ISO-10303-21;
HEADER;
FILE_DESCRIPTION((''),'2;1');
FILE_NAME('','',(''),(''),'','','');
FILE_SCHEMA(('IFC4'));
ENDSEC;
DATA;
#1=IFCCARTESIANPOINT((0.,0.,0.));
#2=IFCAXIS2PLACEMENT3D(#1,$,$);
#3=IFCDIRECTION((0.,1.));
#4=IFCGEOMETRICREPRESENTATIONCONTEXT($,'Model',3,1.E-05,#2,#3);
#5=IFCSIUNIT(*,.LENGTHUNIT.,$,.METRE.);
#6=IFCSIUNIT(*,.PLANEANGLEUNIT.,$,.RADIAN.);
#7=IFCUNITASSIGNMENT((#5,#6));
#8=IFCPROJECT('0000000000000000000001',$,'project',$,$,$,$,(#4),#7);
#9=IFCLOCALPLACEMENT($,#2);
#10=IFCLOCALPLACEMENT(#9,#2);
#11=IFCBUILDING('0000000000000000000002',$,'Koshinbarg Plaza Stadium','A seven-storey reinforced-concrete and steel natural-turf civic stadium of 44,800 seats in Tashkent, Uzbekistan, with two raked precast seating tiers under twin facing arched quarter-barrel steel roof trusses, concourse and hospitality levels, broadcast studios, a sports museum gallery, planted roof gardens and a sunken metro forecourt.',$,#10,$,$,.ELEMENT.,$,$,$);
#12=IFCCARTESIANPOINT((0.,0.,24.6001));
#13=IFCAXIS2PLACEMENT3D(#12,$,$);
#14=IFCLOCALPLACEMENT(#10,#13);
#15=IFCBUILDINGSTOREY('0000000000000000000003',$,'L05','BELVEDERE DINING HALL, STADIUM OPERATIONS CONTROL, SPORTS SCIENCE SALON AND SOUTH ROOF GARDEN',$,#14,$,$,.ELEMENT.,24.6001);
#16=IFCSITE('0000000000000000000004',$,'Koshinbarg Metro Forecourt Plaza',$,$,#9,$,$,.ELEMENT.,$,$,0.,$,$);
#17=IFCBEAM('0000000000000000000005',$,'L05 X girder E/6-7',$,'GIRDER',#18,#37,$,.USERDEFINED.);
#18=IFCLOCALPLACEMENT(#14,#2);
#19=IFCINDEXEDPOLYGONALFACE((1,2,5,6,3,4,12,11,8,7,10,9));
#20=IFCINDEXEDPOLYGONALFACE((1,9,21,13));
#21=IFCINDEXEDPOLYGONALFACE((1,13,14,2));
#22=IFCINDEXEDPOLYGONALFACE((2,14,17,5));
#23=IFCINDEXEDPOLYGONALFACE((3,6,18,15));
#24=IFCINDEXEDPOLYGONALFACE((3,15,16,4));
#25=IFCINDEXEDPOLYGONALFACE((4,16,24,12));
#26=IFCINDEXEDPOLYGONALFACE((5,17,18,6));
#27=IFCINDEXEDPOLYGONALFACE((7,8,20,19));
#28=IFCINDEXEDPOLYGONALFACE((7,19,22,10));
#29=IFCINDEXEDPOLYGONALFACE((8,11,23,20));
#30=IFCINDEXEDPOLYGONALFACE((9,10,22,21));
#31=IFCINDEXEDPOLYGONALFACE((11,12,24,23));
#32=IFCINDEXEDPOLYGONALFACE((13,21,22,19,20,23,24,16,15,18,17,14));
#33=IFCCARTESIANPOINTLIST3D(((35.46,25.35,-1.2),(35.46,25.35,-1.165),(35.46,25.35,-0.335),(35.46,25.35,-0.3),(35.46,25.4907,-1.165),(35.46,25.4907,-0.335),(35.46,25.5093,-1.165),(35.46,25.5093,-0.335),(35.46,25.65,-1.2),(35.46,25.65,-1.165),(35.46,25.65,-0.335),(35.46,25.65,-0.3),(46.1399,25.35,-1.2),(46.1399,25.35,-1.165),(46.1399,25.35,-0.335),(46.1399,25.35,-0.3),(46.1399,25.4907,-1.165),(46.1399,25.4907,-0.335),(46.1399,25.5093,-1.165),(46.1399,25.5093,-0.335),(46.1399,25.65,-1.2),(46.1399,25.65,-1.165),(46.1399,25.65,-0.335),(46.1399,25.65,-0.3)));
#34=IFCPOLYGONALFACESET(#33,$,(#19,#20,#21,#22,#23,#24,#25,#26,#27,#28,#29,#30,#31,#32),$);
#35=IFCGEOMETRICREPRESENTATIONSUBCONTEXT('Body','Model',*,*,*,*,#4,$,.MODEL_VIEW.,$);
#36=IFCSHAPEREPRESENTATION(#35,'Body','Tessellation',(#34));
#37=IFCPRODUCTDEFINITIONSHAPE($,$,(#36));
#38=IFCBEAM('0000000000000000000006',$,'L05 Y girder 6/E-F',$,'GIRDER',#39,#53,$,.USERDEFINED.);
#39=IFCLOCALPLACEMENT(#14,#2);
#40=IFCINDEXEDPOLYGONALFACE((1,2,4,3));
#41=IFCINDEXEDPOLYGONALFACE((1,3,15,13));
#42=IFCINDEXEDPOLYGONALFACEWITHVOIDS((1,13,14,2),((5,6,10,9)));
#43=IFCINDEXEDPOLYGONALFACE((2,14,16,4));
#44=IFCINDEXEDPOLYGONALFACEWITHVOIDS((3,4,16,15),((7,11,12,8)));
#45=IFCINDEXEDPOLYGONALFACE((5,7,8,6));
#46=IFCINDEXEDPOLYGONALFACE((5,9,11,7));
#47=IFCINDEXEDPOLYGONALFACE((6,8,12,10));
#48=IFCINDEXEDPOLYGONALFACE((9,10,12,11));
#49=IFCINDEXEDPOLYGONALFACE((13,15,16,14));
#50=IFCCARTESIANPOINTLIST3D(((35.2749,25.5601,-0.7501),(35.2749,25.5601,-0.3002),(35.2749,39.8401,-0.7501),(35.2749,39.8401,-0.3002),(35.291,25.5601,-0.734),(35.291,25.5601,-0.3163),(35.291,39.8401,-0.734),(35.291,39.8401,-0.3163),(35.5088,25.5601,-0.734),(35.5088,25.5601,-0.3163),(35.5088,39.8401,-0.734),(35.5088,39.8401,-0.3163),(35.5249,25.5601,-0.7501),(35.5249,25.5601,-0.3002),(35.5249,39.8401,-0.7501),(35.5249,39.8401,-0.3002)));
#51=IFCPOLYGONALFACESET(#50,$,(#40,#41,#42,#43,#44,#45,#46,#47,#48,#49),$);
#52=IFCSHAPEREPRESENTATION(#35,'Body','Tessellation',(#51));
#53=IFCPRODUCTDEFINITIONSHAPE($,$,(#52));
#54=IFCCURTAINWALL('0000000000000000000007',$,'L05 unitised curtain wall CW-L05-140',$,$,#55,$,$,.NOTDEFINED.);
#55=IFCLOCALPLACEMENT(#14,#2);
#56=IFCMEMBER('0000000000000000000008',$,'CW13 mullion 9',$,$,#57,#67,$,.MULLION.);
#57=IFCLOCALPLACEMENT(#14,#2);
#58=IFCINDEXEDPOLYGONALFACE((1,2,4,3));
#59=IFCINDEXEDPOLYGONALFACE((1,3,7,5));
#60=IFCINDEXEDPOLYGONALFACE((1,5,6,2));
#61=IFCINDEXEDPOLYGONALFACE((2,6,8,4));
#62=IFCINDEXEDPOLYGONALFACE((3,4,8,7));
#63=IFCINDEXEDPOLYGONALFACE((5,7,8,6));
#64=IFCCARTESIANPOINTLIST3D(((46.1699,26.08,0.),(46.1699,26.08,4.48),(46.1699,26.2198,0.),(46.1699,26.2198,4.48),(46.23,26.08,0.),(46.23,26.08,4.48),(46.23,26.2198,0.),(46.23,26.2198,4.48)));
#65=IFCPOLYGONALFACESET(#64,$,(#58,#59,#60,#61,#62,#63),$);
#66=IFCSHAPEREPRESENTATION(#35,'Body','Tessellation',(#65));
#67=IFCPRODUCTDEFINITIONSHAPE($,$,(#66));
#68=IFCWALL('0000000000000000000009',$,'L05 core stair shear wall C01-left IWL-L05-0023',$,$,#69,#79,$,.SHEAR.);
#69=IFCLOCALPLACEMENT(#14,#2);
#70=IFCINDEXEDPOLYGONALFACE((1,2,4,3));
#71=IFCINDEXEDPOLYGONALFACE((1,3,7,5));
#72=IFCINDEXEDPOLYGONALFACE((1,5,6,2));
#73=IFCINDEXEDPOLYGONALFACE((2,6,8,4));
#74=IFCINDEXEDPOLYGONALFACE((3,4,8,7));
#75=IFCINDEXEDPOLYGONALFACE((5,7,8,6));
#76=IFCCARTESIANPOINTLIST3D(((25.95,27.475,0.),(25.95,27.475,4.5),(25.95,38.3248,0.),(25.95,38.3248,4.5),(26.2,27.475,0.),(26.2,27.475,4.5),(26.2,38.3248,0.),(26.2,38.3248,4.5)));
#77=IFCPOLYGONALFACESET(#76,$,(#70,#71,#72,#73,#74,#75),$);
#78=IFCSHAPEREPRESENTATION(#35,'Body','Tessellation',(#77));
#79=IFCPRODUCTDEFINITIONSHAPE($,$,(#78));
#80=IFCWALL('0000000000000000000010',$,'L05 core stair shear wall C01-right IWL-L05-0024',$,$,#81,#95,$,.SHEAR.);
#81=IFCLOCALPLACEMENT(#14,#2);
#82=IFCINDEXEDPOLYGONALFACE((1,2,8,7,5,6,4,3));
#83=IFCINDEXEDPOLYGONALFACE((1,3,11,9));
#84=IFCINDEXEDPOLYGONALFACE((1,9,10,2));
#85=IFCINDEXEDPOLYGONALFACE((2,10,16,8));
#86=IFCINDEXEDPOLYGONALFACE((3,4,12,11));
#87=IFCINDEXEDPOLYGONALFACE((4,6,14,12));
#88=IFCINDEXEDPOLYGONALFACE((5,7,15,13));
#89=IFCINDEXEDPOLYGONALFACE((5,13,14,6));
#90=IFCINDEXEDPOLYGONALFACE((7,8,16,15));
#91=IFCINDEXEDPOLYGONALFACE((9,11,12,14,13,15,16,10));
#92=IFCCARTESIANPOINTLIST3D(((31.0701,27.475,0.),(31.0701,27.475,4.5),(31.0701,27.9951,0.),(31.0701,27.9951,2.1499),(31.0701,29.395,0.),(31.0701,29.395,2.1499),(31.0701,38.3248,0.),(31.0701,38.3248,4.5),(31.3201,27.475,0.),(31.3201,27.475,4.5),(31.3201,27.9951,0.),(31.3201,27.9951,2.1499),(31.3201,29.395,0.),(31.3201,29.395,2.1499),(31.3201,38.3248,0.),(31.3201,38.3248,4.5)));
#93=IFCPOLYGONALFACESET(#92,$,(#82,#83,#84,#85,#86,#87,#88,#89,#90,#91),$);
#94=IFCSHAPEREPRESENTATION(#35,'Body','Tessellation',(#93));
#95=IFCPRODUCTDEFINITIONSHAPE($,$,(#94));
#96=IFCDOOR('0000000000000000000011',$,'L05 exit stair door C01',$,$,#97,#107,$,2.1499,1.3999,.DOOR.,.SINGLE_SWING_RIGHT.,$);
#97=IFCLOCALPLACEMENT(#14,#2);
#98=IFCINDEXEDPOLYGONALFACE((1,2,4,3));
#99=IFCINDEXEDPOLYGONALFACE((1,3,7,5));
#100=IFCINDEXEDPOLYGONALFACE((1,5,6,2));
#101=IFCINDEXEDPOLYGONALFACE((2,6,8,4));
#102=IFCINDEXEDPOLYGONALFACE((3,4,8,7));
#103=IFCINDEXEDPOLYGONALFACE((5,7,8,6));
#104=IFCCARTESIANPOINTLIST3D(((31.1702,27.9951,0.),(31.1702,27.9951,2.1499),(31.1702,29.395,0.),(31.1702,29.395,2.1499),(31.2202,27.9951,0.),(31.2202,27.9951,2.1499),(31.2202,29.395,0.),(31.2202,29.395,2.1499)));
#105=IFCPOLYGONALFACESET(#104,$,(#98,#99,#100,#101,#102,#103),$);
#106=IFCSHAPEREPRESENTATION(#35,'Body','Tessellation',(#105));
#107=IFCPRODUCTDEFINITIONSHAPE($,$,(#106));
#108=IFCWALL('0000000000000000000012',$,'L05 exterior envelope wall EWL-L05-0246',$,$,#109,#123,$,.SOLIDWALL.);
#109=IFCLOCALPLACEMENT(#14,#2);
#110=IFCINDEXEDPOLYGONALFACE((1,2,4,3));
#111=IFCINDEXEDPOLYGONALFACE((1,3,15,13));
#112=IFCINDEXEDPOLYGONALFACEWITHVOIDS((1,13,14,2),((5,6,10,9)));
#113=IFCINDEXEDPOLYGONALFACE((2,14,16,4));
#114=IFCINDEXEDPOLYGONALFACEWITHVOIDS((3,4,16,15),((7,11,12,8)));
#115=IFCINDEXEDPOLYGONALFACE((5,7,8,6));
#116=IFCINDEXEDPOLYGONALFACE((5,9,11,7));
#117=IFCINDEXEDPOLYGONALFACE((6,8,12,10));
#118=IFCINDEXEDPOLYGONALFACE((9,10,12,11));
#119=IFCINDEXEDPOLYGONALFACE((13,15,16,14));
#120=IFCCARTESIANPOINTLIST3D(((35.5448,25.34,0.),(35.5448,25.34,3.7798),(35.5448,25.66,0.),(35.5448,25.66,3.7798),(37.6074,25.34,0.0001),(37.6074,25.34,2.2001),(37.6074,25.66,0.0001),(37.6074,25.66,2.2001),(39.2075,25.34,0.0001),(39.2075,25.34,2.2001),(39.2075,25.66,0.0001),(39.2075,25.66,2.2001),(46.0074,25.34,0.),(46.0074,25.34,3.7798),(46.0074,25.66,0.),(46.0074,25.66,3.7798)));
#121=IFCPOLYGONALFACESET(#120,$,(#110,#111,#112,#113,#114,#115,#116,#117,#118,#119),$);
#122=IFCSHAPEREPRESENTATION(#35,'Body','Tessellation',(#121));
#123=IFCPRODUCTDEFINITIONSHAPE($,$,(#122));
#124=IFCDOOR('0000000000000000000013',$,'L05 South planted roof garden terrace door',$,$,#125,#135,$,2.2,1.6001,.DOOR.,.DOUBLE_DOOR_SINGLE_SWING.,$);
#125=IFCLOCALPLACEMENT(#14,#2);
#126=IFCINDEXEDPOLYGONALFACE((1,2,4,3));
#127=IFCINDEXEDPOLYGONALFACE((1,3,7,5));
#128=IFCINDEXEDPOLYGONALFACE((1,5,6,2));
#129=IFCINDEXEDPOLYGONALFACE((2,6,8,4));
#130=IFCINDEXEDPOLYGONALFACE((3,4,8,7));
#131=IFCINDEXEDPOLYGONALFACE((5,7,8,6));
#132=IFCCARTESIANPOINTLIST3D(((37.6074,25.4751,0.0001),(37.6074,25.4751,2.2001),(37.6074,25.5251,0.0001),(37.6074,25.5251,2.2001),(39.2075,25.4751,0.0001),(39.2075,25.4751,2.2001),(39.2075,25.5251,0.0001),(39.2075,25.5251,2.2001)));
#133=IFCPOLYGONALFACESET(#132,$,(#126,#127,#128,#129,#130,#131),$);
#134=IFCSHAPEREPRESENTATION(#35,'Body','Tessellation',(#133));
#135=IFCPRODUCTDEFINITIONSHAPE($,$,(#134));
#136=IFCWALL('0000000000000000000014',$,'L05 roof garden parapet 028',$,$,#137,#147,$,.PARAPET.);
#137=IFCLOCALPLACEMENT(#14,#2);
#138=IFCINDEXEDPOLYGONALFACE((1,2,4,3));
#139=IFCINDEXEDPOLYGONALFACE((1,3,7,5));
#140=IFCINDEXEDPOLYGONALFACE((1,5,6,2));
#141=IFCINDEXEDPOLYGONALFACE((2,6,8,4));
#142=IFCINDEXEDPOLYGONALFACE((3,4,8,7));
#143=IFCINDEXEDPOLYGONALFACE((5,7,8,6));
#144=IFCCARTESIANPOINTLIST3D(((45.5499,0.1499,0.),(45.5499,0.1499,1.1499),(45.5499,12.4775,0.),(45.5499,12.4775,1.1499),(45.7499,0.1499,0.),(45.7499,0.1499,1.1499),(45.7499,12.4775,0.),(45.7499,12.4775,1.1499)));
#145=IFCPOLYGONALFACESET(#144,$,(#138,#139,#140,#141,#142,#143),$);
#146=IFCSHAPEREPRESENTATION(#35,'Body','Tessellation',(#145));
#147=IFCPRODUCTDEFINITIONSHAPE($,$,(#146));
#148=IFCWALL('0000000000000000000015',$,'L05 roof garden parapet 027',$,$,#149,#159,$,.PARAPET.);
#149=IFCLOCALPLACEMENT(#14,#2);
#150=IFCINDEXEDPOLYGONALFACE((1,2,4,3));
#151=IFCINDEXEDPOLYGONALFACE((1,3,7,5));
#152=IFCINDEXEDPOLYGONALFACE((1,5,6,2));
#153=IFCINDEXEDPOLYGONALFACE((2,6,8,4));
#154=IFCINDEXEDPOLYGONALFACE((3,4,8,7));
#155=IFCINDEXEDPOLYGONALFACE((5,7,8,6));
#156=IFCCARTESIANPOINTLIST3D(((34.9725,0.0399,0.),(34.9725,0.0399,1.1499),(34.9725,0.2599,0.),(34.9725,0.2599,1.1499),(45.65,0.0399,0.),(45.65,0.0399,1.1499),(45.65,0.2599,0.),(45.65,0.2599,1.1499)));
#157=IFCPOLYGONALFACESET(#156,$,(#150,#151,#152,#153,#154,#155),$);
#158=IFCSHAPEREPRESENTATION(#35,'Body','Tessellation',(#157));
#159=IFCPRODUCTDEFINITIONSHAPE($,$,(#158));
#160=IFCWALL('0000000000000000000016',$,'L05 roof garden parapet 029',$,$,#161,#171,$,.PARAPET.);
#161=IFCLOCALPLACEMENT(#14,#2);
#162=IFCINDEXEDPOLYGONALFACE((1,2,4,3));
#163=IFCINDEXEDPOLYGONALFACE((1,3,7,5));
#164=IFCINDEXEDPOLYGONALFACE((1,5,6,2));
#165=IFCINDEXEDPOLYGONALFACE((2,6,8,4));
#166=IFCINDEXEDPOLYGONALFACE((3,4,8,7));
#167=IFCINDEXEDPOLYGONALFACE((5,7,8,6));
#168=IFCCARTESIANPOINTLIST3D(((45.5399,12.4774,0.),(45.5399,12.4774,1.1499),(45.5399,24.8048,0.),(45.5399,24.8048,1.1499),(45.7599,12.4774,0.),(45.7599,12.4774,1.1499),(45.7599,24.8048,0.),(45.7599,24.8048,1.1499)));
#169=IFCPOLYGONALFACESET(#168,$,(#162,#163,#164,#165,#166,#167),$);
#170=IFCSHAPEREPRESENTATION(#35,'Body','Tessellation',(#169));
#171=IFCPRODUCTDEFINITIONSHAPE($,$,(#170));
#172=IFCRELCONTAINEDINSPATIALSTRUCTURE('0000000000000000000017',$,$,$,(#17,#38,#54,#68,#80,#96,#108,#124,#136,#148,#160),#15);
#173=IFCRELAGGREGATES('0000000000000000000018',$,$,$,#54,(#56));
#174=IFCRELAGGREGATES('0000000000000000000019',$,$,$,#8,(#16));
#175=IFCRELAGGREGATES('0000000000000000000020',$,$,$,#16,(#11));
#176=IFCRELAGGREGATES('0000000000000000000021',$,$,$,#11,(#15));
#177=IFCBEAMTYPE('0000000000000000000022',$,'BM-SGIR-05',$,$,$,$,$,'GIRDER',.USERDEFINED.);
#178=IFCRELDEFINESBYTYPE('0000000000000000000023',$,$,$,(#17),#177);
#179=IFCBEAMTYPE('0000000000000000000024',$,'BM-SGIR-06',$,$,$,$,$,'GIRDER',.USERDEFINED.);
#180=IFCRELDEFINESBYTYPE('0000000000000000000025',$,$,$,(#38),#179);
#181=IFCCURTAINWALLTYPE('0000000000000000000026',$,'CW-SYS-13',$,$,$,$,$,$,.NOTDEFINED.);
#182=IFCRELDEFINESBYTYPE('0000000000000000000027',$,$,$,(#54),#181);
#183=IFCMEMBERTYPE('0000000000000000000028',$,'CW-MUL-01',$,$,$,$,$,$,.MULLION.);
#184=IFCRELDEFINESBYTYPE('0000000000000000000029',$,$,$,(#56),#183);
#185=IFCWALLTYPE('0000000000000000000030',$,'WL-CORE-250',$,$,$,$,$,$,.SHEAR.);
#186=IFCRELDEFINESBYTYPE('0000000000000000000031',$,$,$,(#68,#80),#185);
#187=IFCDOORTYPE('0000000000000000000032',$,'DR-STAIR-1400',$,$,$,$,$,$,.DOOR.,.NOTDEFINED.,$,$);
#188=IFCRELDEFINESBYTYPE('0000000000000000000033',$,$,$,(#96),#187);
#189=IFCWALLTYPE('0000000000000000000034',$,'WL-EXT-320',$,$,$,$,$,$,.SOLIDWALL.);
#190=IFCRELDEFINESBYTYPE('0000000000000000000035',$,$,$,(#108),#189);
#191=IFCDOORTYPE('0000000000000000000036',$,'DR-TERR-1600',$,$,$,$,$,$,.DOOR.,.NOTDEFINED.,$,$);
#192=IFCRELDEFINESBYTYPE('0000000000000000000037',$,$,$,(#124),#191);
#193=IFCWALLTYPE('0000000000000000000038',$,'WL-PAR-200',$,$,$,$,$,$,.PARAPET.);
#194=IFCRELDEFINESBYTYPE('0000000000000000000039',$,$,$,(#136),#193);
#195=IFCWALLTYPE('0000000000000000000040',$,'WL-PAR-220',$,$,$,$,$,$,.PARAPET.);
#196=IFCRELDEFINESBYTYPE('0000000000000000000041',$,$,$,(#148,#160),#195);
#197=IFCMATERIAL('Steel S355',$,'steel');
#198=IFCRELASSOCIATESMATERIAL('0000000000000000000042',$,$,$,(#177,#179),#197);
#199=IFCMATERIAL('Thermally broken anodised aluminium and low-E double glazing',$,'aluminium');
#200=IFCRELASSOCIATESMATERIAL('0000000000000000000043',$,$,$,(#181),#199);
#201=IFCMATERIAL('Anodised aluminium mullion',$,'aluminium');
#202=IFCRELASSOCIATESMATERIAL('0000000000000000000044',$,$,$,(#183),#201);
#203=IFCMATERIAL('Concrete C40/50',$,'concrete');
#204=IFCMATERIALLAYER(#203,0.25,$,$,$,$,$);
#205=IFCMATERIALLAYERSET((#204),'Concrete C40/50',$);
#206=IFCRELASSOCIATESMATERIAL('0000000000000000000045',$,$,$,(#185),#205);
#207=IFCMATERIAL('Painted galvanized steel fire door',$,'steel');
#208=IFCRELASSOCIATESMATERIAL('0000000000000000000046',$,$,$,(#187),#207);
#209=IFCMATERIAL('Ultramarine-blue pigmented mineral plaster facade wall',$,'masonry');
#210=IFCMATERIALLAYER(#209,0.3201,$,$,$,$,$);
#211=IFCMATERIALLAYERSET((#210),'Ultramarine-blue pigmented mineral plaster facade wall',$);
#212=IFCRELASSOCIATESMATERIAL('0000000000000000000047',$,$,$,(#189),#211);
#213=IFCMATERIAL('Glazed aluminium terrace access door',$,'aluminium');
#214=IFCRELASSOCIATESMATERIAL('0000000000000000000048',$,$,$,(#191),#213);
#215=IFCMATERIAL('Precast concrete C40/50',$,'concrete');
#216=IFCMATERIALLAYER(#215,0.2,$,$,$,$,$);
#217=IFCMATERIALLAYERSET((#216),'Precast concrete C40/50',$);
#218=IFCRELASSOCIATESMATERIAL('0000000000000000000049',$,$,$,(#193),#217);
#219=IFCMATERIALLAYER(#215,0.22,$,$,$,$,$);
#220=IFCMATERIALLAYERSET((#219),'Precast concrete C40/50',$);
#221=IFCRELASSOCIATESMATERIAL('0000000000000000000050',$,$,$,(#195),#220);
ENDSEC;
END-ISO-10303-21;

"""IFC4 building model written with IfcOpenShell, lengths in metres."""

from ifc_helpers import new_model, si_unit, direction, frame, frame_2d, origin, origin_2d, place, context, subcontext, project, spatial, rectangle, hollow_rectangle, i_section, extrude, material, layer, layer_set, material_profile, profile_set, type_object, element, fill, aggregate, save


model = new_model("IFC4")

# Units and contexts
model_context = context("Model", 3, precision=1e-05, world=origin(), true_north=direction((0.0, 1.0)))
body_context = subcontext(model_context, "Body", "Model", "MODEL_VIEW")
ifc_project = project(units=[si_unit("LENGTHUNIT", "METRE"), si_unit("PLANEANGLEUNIT", "RADIAN")], contexts=[model_context])

# Site, building, storey
site_placement = place(None, origin())
site = spatial("IfcSite", under=ifc_project, at=site_placement, Name="Koshinbarg Metro Forecourt Plaza", CompositionType="ELEMENT", RefElevation=0.0)
building_placement = place(site_placement, origin())
building = spatial("IfcBuilding", under=site, at=building_placement, Name="Koshinbarg Plaza Stadium", Description="A seven-storey reinforced-concrete and steel natural-turf civic stadium of 44,800 seats in Tashkent, Uzbekistan, with two raked precast seating tiers under twin facing arched quarter-barrel steel roof trusses, concourse and hospitality levels, broadcast studios, a sports museum gallery, planted roof gardens and a sunken metro forecourt.", CompositionType="ELEMENT")
storey_placement = place(building_placement, frame((0.0, 0.0, 24.6001)))
storey = spatial("IfcBuildingStorey", under=building, at=storey_placement, Name="L05", Description="BELVEDERE DINING HALL, STADIUM OPERATIONS CONTROL, SPORTS SCIENCE SALON AND SOUTH ROOF GARDEN", CompositionType="ELEMENT", Elevation=24.6001)

# Shared definitions
ifc_material_1 = material(Name="Steel S355", Category="steel")

# Beams
ifc_material_profile_1 = material_profile(ifc_material_1, i_section(OverallWidth=0.3, OverallDepth=0.8999, WebThickness=0.0186, FlangeThickness=0.0349, at=origin_2d()), Name="HEB 900")
ifc_profile_set_1 = profile_set([ifc_material_profile_1], Name="Steel S355")
beam_type_1 = type_object("IfcBeamType", Name="BM-SGIR-05", ElementType="GIRDER", PredefinedType="USERDEFINED", material=ifc_profile_set_1)
for number, where, z_axis, x_axis, name in (
    (1, (35.46, 25.5, -0.75), (1.0, 0.0, 0.0), (0.0, 1.0, 0.0), "L05 X girder E/6-7"),
):
    element("IfcBeam", number, at=place(storey_placement, frame(where, z_axis=z_axis, x_axis=x_axis)), inside=storey, type_object=beam_type_1, Name=name, ObjectType="GIRDER", PredefinedType="USERDEFINED", context=body_context, shape_type="SweptSolid", body=[
        extrude(i_section(OverallWidth=0.3, OverallDepth=0.8999, WebThickness=0.0186, FlangeThickness=0.0349, at=origin_2d()), origin(), (0.0, 0.0, 1.0), 10.6799),
    ])
ifc_material_profile_2 = material_profile(ifc_material_1, hollow_rectangle(XDim=0.25, YDim=0.45, WallThickness=0.0161, at=origin_2d()), Name="RHS 450x250x16")
ifc_profile_set_2 = profile_set([ifc_material_profile_2], Name="Steel S355")
beam_type_2 = type_object("IfcBeamType", Name="BM-SGIR-06", ElementType="GIRDER", PredefinedType="USERDEFINED", material=ifc_profile_set_2)
beam_1_placement = place(storey_placement, frame((35.3999, 25.5601, -0.5251), z_axis=(0.0, 1.0, 0.0), x_axis=(-1.0, 0.0, 0.0)))
element("IfcBeam", 2, at=beam_1_placement, inside=storey, type_object=beam_type_2, Name="L05 Y girder 6/E-F", ObjectType="GIRDER", PredefinedType="USERDEFINED", context=body_context, shape_type="SweptSolid", body=[
    extrude(hollow_rectangle(XDim=0.25, YDim=0.45, WallThickness=0.0161, at=origin_2d()), origin(), (0.0, 0.0, 1.0), 14.28),
])

# Curtain wall, member
ifc_material_2 = material(Name="Thermally broken anodised aluminium and low-E double glazing", Category="aluminium")
curtain_wall_type = type_object("IfcCurtainWallType", Name="CW-SYS-13", PredefinedType="NOTDEFINED", material=ifc_material_2)
curtain_wall_placement = place(storey_placement, origin())
curtain_wall = element("IfcCurtainWall", 3, at=curtain_wall_placement, inside=storey, type_object=curtain_wall_type, Name="L05 unitised curtain wall CW-L05-140", PredefinedType="NOTDEFINED")
ifc_material_3 = material(Name="Anodised aluminium mullion", Category="aluminium")
ifc_material_profile_3 = material_profile(ifc_material_3, rectangle(XDim=0.0601, YDim=0.1399, at=origin_2d()), Name="ALU 60x140")
ifc_profile_set_3 = profile_set([ifc_material_profile_3], Name="Anodised aluminium mullion")
member_type = type_object("IfcMemberType", Name="CW-MUL-01", PredefinedType="MULLION", material=ifc_profile_set_3)
member_placement = place(storey_placement, frame((46.2, 26.1499, 0.0), z_axis=(0.0, 0.0, 1.0), x_axis=(1.0, 0.0, 0.0)))
member = element("IfcMember", 4, at=member_placement, type_object=member_type, Name="CW13 mullion 9", PredefinedType="MULLION", context=body_context, shape_type="SweptSolid", body=[
    extrude(rectangle(XDim=0.0601, YDim=0.1399, at=origin_2d()), origin(), (0.0, 0.0, 1.0), 4.48),
])
aggregate(curtain_wall, [member])

# Wall
ifc_material_4 = material(Name="Concrete C40/50", Category="concrete")
ifc_layer_1 = layer(ifc_material_4, 0.25)
ifc_layer_set_1 = layer_set([ifc_layer_1], Name="Concrete C40/50")
wall_type_1 = type_object("IfcWallType", Name="WL-CORE-250", PredefinedType="SHEAR", material=ifc_layer_set_1)
wall_1_placement = place(storey_placement, frame((26.075, 27.4751, 0.0), z_axis=(0.0, 0.0, 1.0), x_axis=(0.0, 1.0, 0.0)))
element("IfcWall", 5, at=wall_1_placement, inside=storey, type_object=wall_type_1, Name="L05 core stair shear wall C01-left IWL-L05-0023", PredefinedType="SHEAR", context=body_context, shape_type="SweptSolid", body=[
    extrude(rectangle(XDim=10.8499, YDim=0.25, at=frame_2d((5.4248, 0.0))), origin(), (0.0, 0.0, 1.0), 4.5),
])

# Walls, openings, doors
wall_2_placement = place(storey_placement, frame((31.1951, 27.4751, 0.0), z_axis=(0.0, 0.0, 1.0), x_axis=(0.0, 1.0, 0.0)))
wall_2 = element("IfcWall", 6, at=wall_2_placement, inside=storey, type_object=wall_type_1, Name="L05 core stair shear wall C01-right IWL-L05-0024", PredefinedType="SHEAR", context=body_context, shape_type="SweptSolid", body=[
    extrude(rectangle(XDim=10.8499, YDim=0.25, at=frame_2d((5.4248, 0.0))), origin(), (0.0, 0.0, 1.0), 4.5),
])
opening_1_placement = place(wall_2_placement, frame((0.52, 0.0, 0.0)))
opening_1 = element("IfcOpeningElement", 7, at=opening_1_placement, cuts=wall_2, PredefinedType="OPENING", context=body_context, shape_type="SweptSolid", body=[
    extrude(rectangle(XDim=1.3999, YDim=2.1499, at=frame_2d((0.7, 1.075))), frame((0.0, 0.135, 0.0), z_axis=(0.0, -1.0, 0.0), x_axis=(1.0, 0.0, 0.0)), (0.0, 0.0, 1.0), 0.27),
])
ifc_material_5 = material(Name="Painted galvanized steel fire door", Category="steel")
door_type_1 = type_object("IfcDoorType", Name="DR-STAIR-1400", OperationType="NOTDEFINED", PredefinedType="DOOR", material=ifc_material_5)
door_1_placement = place(opening_1_placement, origin())
door_1 = element("IfcDoor", 8, at=door_1_placement, inside=storey, type_object=door_type_1, Name="L05 exit stair door C01", OperationType="SINGLE_SWING_RIGHT", OverallHeight=2.1499, OverallWidth=1.3999, PredefinedType="DOOR", context=body_context, shape_type="SweptSolid", body=[
    extrude(rectangle(XDim=1.3999, YDim=2.1499, at=frame_2d((0.7, 1.075))), frame((0.0, 0.0249, 0.0), z_axis=(0.0, -1.0, 0.0), x_axis=(1.0, 0.0, 0.0)), (0.0, 0.0, 1.0), 0.05),
])
fill(opening_1, door_1)
ifc_material_6 = material(Name="Ultramarine-blue pigmented mineral plaster facade wall", Category="masonry")
ifc_layer_2 = layer(ifc_material_6, 0.3201)
ifc_layer_set_2 = layer_set([ifc_layer_2], Name="Ultramarine-blue pigmented mineral plaster facade wall")
wall_type_2 = type_object("IfcWallType", Name="WL-EXT-320", PredefinedType="SOLIDWALL", material=ifc_layer_set_2)
wall_3_placement = place(storey_placement, frame((46.0076, 25.5, 0.0), z_axis=(0.0, 0.0, 1.0), x_axis=(-1.0, 0.0, 0.0)))
wall_3 = element("IfcWall", 9, at=wall_3_placement, inside=storey, type_object=wall_type_2, Name="L05 exterior envelope wall EWL-L05-0246", PredefinedType="SOLIDWALL", context=body_context, shape_type="SweptSolid", body=[
    extrude(rectangle(XDim=10.4626, YDim=0.3201, at=frame_2d((5.2314, 0.0))), origin(), (0.0, 0.0, 1.0), 3.7798),
])
opening_2_placement = place(wall_3_placement, frame((6.8, 0.0, 0.0)))
opening_2 = element("IfcOpeningElement", 10, at=opening_2_placement, cuts=wall_3, PredefinedType="OPENING", context=body_context, shape_type="SweptSolid", body=[
    extrude(rectangle(XDim=1.6001, YDim=2.2, at=frame_2d((0.8, 1.1001))), frame((0.0, 0.1699, 0.0), z_axis=(0.0, -1.0, 0.0), x_axis=(1.0, 0.0, 0.0)), (0.0, 0.0, 1.0), 0.3401),
])
ifc_material_7 = material(Name="Glazed aluminium terrace access door", Category="aluminium")
door_type_2 = type_object("IfcDoorType", Name="DR-TERR-1600", OperationType="NOTDEFINED", PredefinedType="DOOR", material=ifc_material_7)
door_2_placement = place(opening_2_placement, origin())
door_2 = element("IfcDoor", 11, at=door_2_placement, inside=storey, type_object=door_type_2, Name="L05 South planted roof garden terrace door", OperationType="DOUBLE_DOOR_SINGLE_SWING", OverallHeight=2.2, OverallWidth=1.6001, PredefinedType="DOOR", context=body_context, shape_type="SweptSolid", body=[
    extrude(rectangle(XDim=1.6001, YDim=2.2, at=frame_2d((0.8, 1.1001))), frame((0.0, 0.0249, 0.0), z_axis=(0.0, -1.0, 0.0), x_axis=(1.0, 0.0, 0.0)), (0.0, 0.0, 1.0), 0.05),
])
fill(opening_2, door_2)

# Walls
ifc_material_8 = material(Name="Precast concrete C40/50", Category="concrete")
ifc_layer_3 = layer(ifc_material_8, 0.2)
ifc_layer_set_3 = layer_set([ifc_layer_3], Name="Precast concrete C40/50")
wall_type_3 = type_object("IfcWallType", Name="WL-PAR-200", PredefinedType="PARAPET", material=ifc_layer_set_3)
wall_4_placement = place(storey_placement, frame((45.6499, 0.1499, 0.0), z_axis=(0.0, 0.0, 1.0), x_axis=(0.0, 1.0, 0.0)))
element("IfcWall", 12, at=wall_4_placement, inside=storey, type_object=wall_type_3, Name="L05 roof garden parapet 028", PredefinedType="PARAPET", context=body_context, shape_type="SweptSolid", body=[
    extrude(rectangle(XDim=12.3276, YDim=0.2, at=frame_2d((6.1638, 0.0))), origin(), (0.0, 0.0, 1.0), 1.1499),
])
ifc_layer_4 = layer(ifc_material_8, 0.22)
ifc_layer_set_4 = layer_set([ifc_layer_4], Name="Precast concrete C40/50")
wall_type_4 = type_object("IfcWallType", Name="WL-PAR-220", PredefinedType="PARAPET", material=ifc_layer_set_4)
wall_5_placement = place(storey_placement, frame((34.9724, 0.1499, 0.0), z_axis=(0.0, 0.0, 1.0), x_axis=(1.0, 0.0, 0.0)))
element("IfcWall", 13, at=wall_5_placement, inside=storey, type_object=wall_type_4, Name="L05 roof garden parapet 027", PredefinedType="PARAPET", context=body_context, shape_type="SweptSolid", body=[
    extrude(rectangle(XDim=10.6775, YDim=0.22, at=frame_2d((5.3389, 0.0))), origin(), (0.0, 0.0, 1.0), 1.1499),
])
wall_6_placement = place(storey_placement, frame((45.6499, 12.4775, 0.0), z_axis=(0.0, 0.0, 1.0), x_axis=(0.0, 1.0, 0.0)))
element("IfcWall", 14, at=wall_6_placement, inside=storey, type_object=wall_type_4, Name="L05 roof garden parapet 029", PredefinedType="PARAPET", context=body_context, shape_type="SweptSolid", body=[
    extrude(rectangle(XDim=12.3274, YDim=0.22, at=frame_2d((6.1636, 0.0))), origin(), (0.0, 0.0, 1.0), 1.1499),
])

save(model, "model.ifc")
